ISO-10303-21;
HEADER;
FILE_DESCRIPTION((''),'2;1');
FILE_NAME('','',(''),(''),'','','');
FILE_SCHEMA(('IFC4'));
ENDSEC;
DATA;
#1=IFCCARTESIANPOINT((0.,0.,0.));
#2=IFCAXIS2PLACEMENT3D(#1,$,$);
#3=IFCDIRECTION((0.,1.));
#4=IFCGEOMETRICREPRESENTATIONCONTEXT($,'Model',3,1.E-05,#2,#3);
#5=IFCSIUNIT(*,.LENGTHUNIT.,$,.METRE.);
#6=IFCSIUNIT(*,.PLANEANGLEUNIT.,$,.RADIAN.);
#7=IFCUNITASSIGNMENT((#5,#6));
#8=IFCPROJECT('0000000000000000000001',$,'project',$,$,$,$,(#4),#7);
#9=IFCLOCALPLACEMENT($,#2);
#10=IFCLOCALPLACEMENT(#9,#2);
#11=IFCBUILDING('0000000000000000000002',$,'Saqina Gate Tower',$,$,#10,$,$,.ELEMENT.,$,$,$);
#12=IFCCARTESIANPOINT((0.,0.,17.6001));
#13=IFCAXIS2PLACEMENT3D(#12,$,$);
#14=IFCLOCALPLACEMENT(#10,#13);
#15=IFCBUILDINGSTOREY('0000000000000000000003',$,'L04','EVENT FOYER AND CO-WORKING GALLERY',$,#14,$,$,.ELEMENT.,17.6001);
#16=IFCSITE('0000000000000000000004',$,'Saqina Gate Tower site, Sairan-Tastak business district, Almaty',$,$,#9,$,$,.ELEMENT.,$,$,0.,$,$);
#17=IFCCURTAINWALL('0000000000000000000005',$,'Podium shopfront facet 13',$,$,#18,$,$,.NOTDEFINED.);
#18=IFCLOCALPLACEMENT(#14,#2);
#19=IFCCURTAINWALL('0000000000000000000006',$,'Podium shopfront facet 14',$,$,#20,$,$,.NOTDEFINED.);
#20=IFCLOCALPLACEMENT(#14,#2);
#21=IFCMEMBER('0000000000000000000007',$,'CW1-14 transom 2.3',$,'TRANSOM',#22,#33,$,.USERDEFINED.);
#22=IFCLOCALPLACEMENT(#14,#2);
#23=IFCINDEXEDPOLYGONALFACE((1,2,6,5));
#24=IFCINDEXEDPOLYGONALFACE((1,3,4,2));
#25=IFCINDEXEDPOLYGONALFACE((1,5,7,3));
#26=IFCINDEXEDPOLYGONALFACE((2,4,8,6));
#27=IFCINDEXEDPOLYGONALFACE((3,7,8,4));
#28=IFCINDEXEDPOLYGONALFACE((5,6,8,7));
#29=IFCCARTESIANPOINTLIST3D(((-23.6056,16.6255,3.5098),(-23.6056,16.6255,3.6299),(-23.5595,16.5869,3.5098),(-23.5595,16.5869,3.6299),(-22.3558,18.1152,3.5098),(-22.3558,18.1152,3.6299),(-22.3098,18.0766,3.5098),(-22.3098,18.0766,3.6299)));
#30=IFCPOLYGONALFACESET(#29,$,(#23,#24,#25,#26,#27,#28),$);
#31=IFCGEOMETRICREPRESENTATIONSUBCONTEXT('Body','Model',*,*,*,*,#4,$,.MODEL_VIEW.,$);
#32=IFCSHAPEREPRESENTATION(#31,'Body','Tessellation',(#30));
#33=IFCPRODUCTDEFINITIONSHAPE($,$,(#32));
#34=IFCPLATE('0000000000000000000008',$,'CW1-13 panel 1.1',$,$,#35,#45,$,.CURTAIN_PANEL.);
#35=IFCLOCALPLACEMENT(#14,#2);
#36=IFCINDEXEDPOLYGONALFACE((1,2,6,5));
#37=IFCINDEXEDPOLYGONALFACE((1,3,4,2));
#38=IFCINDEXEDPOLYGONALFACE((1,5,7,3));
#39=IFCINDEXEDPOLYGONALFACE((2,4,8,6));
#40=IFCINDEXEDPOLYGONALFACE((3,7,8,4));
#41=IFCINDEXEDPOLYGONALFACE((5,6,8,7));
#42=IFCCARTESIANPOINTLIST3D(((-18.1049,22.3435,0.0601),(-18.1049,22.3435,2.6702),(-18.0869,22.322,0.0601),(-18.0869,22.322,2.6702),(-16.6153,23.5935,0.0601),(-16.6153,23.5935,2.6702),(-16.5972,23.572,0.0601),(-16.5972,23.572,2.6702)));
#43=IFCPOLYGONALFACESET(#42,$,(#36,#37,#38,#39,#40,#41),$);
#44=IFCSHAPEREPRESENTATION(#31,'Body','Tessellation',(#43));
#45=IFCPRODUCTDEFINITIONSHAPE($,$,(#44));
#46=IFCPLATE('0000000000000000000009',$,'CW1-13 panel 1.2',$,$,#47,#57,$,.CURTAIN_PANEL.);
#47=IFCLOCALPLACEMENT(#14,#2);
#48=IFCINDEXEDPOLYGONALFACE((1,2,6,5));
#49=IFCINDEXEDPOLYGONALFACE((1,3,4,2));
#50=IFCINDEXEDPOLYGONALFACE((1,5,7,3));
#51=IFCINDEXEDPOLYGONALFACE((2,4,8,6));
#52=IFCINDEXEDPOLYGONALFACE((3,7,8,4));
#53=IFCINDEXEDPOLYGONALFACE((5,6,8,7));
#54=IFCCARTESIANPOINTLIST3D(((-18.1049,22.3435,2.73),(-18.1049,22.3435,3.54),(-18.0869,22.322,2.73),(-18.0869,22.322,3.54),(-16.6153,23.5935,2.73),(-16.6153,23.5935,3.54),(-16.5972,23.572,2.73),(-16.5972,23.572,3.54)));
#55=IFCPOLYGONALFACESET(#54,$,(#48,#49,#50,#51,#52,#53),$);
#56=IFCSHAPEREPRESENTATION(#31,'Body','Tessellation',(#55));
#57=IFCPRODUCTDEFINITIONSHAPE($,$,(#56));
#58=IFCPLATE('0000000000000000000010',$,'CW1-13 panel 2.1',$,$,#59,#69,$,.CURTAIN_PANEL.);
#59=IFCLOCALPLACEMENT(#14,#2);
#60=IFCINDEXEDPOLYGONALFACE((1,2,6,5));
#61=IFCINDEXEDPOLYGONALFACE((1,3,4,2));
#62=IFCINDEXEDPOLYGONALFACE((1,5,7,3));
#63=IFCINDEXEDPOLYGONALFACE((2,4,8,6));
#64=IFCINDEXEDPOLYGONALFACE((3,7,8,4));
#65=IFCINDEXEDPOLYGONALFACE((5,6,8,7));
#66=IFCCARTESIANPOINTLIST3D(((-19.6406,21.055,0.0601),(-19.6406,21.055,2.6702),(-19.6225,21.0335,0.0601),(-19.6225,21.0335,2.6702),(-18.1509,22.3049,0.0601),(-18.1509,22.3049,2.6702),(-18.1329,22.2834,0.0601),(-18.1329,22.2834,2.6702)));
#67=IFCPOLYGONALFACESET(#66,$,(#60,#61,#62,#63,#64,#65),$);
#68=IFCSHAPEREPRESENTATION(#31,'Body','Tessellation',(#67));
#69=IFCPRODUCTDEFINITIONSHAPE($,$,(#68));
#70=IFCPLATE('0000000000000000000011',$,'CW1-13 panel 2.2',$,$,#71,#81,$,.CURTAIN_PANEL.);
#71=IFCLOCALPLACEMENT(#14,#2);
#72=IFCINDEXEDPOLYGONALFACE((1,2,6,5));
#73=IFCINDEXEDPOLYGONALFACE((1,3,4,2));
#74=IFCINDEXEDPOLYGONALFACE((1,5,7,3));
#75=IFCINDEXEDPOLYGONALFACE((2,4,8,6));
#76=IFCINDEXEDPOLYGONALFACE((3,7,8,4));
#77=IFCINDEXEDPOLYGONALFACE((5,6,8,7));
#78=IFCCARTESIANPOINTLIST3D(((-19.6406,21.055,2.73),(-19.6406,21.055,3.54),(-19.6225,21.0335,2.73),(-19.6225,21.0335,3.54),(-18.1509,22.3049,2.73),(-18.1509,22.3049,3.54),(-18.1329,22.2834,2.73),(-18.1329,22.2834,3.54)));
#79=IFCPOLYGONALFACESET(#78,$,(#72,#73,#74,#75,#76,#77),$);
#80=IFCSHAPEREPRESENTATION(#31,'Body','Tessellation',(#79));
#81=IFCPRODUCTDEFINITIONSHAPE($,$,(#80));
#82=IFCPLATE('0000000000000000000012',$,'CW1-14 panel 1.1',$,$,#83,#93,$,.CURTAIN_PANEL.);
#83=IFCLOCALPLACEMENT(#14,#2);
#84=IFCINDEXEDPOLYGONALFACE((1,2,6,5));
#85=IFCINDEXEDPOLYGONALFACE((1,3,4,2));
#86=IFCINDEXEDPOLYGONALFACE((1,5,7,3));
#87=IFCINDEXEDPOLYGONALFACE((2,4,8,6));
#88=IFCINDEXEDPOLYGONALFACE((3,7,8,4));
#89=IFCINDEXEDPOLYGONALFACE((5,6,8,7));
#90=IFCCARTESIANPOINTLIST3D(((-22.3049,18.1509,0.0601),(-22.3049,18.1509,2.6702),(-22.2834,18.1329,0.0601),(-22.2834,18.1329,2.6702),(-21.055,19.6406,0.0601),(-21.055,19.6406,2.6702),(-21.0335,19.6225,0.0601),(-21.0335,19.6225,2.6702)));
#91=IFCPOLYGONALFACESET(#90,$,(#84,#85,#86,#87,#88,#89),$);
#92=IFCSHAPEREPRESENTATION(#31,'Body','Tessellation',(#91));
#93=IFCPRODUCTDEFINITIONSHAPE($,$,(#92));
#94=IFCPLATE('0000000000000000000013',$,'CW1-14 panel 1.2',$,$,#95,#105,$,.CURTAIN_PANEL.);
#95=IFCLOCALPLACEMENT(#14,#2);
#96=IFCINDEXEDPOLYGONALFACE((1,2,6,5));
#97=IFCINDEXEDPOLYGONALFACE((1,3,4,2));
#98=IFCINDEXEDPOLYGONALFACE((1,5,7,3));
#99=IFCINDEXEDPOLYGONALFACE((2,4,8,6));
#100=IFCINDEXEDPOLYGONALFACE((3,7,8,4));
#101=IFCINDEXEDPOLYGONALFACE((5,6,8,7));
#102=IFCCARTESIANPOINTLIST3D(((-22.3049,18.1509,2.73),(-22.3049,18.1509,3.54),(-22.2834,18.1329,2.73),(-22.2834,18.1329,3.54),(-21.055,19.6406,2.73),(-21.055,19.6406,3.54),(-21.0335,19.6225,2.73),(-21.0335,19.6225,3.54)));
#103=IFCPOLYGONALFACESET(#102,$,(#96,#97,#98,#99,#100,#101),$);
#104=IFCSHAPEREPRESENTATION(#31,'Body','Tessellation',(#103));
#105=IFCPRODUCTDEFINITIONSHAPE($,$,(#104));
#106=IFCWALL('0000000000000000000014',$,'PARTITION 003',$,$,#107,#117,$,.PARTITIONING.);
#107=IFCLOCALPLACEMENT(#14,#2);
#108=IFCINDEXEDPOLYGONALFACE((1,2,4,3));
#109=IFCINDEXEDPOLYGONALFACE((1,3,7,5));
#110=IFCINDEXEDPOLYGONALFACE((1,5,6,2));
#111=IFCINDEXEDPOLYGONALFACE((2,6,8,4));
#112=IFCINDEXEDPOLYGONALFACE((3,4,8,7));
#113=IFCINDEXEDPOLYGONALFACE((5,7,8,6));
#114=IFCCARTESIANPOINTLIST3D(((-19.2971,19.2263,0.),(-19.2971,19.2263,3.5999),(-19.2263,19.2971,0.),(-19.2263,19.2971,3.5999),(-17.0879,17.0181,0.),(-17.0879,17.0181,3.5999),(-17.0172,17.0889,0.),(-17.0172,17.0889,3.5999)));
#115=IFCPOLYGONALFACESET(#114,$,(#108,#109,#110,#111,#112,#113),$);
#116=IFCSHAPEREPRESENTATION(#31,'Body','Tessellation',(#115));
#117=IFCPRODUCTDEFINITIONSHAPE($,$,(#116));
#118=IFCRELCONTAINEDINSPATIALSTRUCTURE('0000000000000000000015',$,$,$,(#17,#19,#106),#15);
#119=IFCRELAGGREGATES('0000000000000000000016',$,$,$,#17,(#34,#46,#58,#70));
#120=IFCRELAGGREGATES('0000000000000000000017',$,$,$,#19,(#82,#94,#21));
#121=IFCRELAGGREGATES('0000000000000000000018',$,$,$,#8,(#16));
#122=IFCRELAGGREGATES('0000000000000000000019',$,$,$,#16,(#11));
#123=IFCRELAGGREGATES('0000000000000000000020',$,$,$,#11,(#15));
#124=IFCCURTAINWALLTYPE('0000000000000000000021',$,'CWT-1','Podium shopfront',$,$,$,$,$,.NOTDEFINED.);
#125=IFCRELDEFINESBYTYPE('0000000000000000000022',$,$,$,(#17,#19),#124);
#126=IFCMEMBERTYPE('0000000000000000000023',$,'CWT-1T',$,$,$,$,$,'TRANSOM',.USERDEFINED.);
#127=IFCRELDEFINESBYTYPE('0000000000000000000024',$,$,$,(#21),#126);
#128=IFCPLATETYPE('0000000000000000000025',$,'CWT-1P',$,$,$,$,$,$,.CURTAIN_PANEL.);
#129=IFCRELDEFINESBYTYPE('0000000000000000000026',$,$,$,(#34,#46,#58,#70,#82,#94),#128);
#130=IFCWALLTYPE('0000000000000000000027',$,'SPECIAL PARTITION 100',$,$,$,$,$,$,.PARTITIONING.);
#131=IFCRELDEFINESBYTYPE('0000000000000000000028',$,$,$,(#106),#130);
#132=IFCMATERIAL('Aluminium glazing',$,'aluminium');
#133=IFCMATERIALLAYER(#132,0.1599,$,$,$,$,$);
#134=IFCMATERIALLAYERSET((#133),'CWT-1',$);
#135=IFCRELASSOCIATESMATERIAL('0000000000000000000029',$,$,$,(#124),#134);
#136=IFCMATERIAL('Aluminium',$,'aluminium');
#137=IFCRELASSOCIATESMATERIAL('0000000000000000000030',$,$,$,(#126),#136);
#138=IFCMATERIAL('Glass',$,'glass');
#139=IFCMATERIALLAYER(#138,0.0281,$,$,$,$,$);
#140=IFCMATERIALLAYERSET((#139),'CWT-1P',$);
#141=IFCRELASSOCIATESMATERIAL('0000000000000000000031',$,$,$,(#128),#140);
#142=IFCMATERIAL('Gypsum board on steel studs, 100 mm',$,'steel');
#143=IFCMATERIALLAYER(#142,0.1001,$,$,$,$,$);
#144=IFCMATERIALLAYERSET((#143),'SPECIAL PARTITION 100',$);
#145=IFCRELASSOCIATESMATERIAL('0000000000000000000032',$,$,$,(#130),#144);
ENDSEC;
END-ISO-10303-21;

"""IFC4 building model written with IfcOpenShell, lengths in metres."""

from ifc_helpers import new_model, si_unit, direction, frame, frame_2d, origin, origin_2d, place, context, subcontext, project, spatial, rectangle, extrude, material, layer, layer_set, material_profile, profile_set, type_object, element, aggregate, save


model = new_model("IFC4")

# Units and contexts
model_context = context("Model", 3, precision=1e-05, world=origin(), true_north=direction((0.0, 1.0)))
body_context = subcontext(model_context, "Body", "Model", "MODEL_VIEW")
ifc_project = project(units=[si_unit("LENGTHUNIT", "METRE"), si_unit("PLANEANGLEUNIT", "RADIAN")], contexts=[model_context])

# Site, building, storey
site_placement = place(None, origin())
site = spatial("IfcSite", under=ifc_project, at=site_placement, Name="Saqina Gate Tower site, Sairan-Tastak business district, Almaty", CompositionType="ELEMENT", RefElevation=0.0)
building_placement = place(site_placement, origin())
building = spatial("IfcBuilding", under=site, at=building_placement, Name="Saqina Gate Tower", CompositionType="ELEMENT")
storey_placement = place(building_placement, frame((0.0, 0.0, 17.6001)))
storey = spatial("IfcBuildingStorey", under=building, at=storey_placement, Name="L04", Description="EVENT FOYER AND CO-WORKING GALLERY", CompositionType="ELEMENT", Elevation=17.6001)

# Curtain walls
ifc_material_1 = material(Name="Aluminium glazing", Category="aluminium")
ifc_layer_1 = layer(ifc_material_1, 0.1599)
ifc_layer_set_1 = layer_set([ifc_layer_1], Name="CWT-1")
curtain_wall_type = type_object("IfcCurtainWallType", Name="CWT-1", Description="Podium shopfront", PredefinedType="NOTDEFINED", material=ifc_layer_set_1)
curtain_wall_1_placement = place(storey_placement, origin())
curtain_wall_1 = element("IfcCurtainWall", 1, at=curtain_wall_1_placement, inside=storey, type_object=curtain_wall_type, Name="Podium shopfront facet 13", PredefinedType="NOTDEFINED")
curtain_wall_2_placement = place(storey_placement, origin())
curtain_wall_2 = element("IfcCurtainWall", 2, at=curtain_wall_2_placement, inside=storey, type_object=curtain_wall_type, Name="Podium shopfront facet 14", PredefinedType="NOTDEFINED")

# Member
ifc_material_2 = material(Name="Aluminium", Category="aluminium")
ifc_material_profile_1 = material_profile(ifc_material_2, rectangle(XDim=0.0601, YDim=0.1201, at=origin_2d()), Name="Aluminium 60x120")
ifc_profile_set_1 = profile_set([ifc_material_profile_1], Name="Aluminium")
member_type_1 = type_object("IfcMemberType", Name="CWT-1T", ElementType="TRANSOM", PredefinedType="USERDEFINED", material=ifc_profile_set_1)
member_1_placement = place(storey_placement, frame((-22.3328, 18.0959, 3.5698), z_axis=(-0.6427, -0.766118, 0.0), x_axis=(0.766118, -0.6427, 0.0)))
member_1 = element("IfcMember", 3, at=member_1_placement, type_object=member_type_1, Name="CW1-14 transom 2.3", ObjectType="TRANSOM", PredefinedType="USERDEFINED", context=body_context, shape_type="SweptSolid", body=[
    extrude(rectangle(XDim=0.0601, YDim=0.1201, at=origin_2d()), origin(), (0.0, 0.0, 1.0), 1.9446),
])

# Plates
ifc_material_3 = material(Name="Glass", Category="glass")
ifc_layer_2 = layer(ifc_material_3, 0.0281)
ifc_layer_set_2 = layer_set([ifc_layer_2], Name="CWT-1P")
plate_type = type_object("IfcPlateType", Name="CWT-1P", PredefinedType="CURTAIN_PANEL", material=ifc_layer_set_2)
plate_1_placement = place(storey_placement, frame((-17.3511, 22.9578, 0.0601), z_axis=(0.0, 0.0, 1.0), x_axis=(-0.766051, -0.642779, 0.0)))
plate_1 = element("IfcPlate", 4, at=plate_1_placement, type_object=plate_type, Name="CW1-13 panel 1.1", PredefinedType="CURTAIN_PANEL", context=body_context, shape_type="SweptSolid", body=[
    extrude(rectangle(XDim=1.9446, YDim=0.0281, at=origin_2d()), origin(), (0.0, 0.0, 1.0), 2.6101),
])
plate_2_placement = place(storey_placement, frame((-17.3511, 22.9578, 2.73), z_axis=(0.0, 0.0, 1.0), x_axis=(-0.766051, -0.642779, 0.0)))
plate_2 = element("IfcPlate", 5, at=plate_2_placement, type_object=plate_type, Name="CW1-13 panel 1.2", PredefinedType="CURTAIN_PANEL", context=body_context, shape_type="SweptSolid", body=[
    extrude(rectangle(XDim=1.9446, YDim=0.0281, at=origin_2d()), origin(), (0.0, 0.0, 1.0), 0.8101),
])
plate_3_placement = place(storey_placement, frame((-18.8867, 21.6692, 0.0601), z_axis=(0.0, 0.0, 1.0), x_axis=(-0.766051, -0.642779, 0.0)))
plate_3 = element("IfcPlate", 6, at=plate_3_placement, type_object=plate_type, Name="CW1-13 panel 2.1", PredefinedType="CURTAIN_PANEL", context=body_context, shape_type="SweptSolid", body=[
    extrude(rectangle(XDim=1.9446, YDim=0.0281, at=origin_2d()), origin(), (0.0, 0.0, 1.0), 2.6101),
])
plate_4_placement = place(storey_placement, frame((-18.8867, 21.6692, 2.73), z_axis=(0.0, 0.0, 1.0), x_axis=(-0.766051, -0.642779, 0.0)))
plate_4 = element("IfcPlate", 7, at=plate_4_placement, type_object=plate_type, Name="CW1-13 panel 2.2", PredefinedType="CURTAIN_PANEL", context=body_context, shape_type="SweptSolid", body=[
    extrude(rectangle(XDim=1.9446, YDim=0.0281, at=origin_2d()), origin(), (0.0, 0.0, 1.0), 0.8101),
])
aggregate(curtain_wall_1, [plate_1, plate_2, plate_3, plate_4])
plate_5_placement = place(storey_placement, frame((-21.6692, 18.8867, 0.0601), z_axis=(0.0, 0.0, 1.0), x_axis=(-0.642779, -0.766051, 0.0)))
plate_5 = element("IfcPlate", 8, at=plate_5_placement, type_object=plate_type, Name="CW1-14 panel 1.1", PredefinedType="CURTAIN_PANEL", context=body_context, shape_type="SweptSolid", body=[
    extrude(rectangle(XDim=1.9446, YDim=0.0281, at=origin_2d()), origin(), (0.0, 0.0, 1.0), 2.6101),
])
plate_6_placement = place(storey_placement, frame((-21.6692, 18.8867, 2.73), z_axis=(0.0, 0.0, 1.0), x_axis=(-0.642779, -0.766051, 0.0)))
plate_6 = element("IfcPlate", 9, at=plate_6_placement, type_object=plate_type, Name="CW1-14 panel 1.2", PredefinedType="CURTAIN_PANEL", context=body_context, shape_type="SweptSolid", body=[
    extrude(rectangle(XDim=1.9446, YDim=0.0281, at=origin_2d()), origin(), (0.0, 0.0, 1.0), 0.8101),
])
aggregate(curtain_wall_2, [plate_5, plate_6, member_1])

# Wall
ifc_material_4 = material(Name="Gypsum board on steel studs, 100 mm", Category="steel")
ifc_layer_3 = layer(ifc_material_4, 0.1001)
ifc_layer_set_3 = layer_set([ifc_layer_3], Name="SPECIAL PARTITION 100")
wall_type = type_object("IfcWallType", Name="SPECIAL PARTITION 100", PredefinedType="PARTITIONING", material=ifc_layer_set_3)
wall_placement = place(storey_placement, frame((-19.2617, 19.2617, 0.0), z_axis=(0.0, 0.0, 1.0), x_axis=(0.707263, -0.70695, 0.0)))
element("IfcWall", 10, at=wall_placement, inside=storey, type_object=wall_type, Name="PARTITION 003", PredefinedType="PARTITIONING", context=body_context, shape_type="SweptSolid", body=[
    extrude(rectangle(XDim=3.1235, YDim=0.1001, at=frame_2d((1.5618, 0.0))), origin(), (0.0, 0.0, 1.0), 3.5999),
])

save(model, "model.ifc")
